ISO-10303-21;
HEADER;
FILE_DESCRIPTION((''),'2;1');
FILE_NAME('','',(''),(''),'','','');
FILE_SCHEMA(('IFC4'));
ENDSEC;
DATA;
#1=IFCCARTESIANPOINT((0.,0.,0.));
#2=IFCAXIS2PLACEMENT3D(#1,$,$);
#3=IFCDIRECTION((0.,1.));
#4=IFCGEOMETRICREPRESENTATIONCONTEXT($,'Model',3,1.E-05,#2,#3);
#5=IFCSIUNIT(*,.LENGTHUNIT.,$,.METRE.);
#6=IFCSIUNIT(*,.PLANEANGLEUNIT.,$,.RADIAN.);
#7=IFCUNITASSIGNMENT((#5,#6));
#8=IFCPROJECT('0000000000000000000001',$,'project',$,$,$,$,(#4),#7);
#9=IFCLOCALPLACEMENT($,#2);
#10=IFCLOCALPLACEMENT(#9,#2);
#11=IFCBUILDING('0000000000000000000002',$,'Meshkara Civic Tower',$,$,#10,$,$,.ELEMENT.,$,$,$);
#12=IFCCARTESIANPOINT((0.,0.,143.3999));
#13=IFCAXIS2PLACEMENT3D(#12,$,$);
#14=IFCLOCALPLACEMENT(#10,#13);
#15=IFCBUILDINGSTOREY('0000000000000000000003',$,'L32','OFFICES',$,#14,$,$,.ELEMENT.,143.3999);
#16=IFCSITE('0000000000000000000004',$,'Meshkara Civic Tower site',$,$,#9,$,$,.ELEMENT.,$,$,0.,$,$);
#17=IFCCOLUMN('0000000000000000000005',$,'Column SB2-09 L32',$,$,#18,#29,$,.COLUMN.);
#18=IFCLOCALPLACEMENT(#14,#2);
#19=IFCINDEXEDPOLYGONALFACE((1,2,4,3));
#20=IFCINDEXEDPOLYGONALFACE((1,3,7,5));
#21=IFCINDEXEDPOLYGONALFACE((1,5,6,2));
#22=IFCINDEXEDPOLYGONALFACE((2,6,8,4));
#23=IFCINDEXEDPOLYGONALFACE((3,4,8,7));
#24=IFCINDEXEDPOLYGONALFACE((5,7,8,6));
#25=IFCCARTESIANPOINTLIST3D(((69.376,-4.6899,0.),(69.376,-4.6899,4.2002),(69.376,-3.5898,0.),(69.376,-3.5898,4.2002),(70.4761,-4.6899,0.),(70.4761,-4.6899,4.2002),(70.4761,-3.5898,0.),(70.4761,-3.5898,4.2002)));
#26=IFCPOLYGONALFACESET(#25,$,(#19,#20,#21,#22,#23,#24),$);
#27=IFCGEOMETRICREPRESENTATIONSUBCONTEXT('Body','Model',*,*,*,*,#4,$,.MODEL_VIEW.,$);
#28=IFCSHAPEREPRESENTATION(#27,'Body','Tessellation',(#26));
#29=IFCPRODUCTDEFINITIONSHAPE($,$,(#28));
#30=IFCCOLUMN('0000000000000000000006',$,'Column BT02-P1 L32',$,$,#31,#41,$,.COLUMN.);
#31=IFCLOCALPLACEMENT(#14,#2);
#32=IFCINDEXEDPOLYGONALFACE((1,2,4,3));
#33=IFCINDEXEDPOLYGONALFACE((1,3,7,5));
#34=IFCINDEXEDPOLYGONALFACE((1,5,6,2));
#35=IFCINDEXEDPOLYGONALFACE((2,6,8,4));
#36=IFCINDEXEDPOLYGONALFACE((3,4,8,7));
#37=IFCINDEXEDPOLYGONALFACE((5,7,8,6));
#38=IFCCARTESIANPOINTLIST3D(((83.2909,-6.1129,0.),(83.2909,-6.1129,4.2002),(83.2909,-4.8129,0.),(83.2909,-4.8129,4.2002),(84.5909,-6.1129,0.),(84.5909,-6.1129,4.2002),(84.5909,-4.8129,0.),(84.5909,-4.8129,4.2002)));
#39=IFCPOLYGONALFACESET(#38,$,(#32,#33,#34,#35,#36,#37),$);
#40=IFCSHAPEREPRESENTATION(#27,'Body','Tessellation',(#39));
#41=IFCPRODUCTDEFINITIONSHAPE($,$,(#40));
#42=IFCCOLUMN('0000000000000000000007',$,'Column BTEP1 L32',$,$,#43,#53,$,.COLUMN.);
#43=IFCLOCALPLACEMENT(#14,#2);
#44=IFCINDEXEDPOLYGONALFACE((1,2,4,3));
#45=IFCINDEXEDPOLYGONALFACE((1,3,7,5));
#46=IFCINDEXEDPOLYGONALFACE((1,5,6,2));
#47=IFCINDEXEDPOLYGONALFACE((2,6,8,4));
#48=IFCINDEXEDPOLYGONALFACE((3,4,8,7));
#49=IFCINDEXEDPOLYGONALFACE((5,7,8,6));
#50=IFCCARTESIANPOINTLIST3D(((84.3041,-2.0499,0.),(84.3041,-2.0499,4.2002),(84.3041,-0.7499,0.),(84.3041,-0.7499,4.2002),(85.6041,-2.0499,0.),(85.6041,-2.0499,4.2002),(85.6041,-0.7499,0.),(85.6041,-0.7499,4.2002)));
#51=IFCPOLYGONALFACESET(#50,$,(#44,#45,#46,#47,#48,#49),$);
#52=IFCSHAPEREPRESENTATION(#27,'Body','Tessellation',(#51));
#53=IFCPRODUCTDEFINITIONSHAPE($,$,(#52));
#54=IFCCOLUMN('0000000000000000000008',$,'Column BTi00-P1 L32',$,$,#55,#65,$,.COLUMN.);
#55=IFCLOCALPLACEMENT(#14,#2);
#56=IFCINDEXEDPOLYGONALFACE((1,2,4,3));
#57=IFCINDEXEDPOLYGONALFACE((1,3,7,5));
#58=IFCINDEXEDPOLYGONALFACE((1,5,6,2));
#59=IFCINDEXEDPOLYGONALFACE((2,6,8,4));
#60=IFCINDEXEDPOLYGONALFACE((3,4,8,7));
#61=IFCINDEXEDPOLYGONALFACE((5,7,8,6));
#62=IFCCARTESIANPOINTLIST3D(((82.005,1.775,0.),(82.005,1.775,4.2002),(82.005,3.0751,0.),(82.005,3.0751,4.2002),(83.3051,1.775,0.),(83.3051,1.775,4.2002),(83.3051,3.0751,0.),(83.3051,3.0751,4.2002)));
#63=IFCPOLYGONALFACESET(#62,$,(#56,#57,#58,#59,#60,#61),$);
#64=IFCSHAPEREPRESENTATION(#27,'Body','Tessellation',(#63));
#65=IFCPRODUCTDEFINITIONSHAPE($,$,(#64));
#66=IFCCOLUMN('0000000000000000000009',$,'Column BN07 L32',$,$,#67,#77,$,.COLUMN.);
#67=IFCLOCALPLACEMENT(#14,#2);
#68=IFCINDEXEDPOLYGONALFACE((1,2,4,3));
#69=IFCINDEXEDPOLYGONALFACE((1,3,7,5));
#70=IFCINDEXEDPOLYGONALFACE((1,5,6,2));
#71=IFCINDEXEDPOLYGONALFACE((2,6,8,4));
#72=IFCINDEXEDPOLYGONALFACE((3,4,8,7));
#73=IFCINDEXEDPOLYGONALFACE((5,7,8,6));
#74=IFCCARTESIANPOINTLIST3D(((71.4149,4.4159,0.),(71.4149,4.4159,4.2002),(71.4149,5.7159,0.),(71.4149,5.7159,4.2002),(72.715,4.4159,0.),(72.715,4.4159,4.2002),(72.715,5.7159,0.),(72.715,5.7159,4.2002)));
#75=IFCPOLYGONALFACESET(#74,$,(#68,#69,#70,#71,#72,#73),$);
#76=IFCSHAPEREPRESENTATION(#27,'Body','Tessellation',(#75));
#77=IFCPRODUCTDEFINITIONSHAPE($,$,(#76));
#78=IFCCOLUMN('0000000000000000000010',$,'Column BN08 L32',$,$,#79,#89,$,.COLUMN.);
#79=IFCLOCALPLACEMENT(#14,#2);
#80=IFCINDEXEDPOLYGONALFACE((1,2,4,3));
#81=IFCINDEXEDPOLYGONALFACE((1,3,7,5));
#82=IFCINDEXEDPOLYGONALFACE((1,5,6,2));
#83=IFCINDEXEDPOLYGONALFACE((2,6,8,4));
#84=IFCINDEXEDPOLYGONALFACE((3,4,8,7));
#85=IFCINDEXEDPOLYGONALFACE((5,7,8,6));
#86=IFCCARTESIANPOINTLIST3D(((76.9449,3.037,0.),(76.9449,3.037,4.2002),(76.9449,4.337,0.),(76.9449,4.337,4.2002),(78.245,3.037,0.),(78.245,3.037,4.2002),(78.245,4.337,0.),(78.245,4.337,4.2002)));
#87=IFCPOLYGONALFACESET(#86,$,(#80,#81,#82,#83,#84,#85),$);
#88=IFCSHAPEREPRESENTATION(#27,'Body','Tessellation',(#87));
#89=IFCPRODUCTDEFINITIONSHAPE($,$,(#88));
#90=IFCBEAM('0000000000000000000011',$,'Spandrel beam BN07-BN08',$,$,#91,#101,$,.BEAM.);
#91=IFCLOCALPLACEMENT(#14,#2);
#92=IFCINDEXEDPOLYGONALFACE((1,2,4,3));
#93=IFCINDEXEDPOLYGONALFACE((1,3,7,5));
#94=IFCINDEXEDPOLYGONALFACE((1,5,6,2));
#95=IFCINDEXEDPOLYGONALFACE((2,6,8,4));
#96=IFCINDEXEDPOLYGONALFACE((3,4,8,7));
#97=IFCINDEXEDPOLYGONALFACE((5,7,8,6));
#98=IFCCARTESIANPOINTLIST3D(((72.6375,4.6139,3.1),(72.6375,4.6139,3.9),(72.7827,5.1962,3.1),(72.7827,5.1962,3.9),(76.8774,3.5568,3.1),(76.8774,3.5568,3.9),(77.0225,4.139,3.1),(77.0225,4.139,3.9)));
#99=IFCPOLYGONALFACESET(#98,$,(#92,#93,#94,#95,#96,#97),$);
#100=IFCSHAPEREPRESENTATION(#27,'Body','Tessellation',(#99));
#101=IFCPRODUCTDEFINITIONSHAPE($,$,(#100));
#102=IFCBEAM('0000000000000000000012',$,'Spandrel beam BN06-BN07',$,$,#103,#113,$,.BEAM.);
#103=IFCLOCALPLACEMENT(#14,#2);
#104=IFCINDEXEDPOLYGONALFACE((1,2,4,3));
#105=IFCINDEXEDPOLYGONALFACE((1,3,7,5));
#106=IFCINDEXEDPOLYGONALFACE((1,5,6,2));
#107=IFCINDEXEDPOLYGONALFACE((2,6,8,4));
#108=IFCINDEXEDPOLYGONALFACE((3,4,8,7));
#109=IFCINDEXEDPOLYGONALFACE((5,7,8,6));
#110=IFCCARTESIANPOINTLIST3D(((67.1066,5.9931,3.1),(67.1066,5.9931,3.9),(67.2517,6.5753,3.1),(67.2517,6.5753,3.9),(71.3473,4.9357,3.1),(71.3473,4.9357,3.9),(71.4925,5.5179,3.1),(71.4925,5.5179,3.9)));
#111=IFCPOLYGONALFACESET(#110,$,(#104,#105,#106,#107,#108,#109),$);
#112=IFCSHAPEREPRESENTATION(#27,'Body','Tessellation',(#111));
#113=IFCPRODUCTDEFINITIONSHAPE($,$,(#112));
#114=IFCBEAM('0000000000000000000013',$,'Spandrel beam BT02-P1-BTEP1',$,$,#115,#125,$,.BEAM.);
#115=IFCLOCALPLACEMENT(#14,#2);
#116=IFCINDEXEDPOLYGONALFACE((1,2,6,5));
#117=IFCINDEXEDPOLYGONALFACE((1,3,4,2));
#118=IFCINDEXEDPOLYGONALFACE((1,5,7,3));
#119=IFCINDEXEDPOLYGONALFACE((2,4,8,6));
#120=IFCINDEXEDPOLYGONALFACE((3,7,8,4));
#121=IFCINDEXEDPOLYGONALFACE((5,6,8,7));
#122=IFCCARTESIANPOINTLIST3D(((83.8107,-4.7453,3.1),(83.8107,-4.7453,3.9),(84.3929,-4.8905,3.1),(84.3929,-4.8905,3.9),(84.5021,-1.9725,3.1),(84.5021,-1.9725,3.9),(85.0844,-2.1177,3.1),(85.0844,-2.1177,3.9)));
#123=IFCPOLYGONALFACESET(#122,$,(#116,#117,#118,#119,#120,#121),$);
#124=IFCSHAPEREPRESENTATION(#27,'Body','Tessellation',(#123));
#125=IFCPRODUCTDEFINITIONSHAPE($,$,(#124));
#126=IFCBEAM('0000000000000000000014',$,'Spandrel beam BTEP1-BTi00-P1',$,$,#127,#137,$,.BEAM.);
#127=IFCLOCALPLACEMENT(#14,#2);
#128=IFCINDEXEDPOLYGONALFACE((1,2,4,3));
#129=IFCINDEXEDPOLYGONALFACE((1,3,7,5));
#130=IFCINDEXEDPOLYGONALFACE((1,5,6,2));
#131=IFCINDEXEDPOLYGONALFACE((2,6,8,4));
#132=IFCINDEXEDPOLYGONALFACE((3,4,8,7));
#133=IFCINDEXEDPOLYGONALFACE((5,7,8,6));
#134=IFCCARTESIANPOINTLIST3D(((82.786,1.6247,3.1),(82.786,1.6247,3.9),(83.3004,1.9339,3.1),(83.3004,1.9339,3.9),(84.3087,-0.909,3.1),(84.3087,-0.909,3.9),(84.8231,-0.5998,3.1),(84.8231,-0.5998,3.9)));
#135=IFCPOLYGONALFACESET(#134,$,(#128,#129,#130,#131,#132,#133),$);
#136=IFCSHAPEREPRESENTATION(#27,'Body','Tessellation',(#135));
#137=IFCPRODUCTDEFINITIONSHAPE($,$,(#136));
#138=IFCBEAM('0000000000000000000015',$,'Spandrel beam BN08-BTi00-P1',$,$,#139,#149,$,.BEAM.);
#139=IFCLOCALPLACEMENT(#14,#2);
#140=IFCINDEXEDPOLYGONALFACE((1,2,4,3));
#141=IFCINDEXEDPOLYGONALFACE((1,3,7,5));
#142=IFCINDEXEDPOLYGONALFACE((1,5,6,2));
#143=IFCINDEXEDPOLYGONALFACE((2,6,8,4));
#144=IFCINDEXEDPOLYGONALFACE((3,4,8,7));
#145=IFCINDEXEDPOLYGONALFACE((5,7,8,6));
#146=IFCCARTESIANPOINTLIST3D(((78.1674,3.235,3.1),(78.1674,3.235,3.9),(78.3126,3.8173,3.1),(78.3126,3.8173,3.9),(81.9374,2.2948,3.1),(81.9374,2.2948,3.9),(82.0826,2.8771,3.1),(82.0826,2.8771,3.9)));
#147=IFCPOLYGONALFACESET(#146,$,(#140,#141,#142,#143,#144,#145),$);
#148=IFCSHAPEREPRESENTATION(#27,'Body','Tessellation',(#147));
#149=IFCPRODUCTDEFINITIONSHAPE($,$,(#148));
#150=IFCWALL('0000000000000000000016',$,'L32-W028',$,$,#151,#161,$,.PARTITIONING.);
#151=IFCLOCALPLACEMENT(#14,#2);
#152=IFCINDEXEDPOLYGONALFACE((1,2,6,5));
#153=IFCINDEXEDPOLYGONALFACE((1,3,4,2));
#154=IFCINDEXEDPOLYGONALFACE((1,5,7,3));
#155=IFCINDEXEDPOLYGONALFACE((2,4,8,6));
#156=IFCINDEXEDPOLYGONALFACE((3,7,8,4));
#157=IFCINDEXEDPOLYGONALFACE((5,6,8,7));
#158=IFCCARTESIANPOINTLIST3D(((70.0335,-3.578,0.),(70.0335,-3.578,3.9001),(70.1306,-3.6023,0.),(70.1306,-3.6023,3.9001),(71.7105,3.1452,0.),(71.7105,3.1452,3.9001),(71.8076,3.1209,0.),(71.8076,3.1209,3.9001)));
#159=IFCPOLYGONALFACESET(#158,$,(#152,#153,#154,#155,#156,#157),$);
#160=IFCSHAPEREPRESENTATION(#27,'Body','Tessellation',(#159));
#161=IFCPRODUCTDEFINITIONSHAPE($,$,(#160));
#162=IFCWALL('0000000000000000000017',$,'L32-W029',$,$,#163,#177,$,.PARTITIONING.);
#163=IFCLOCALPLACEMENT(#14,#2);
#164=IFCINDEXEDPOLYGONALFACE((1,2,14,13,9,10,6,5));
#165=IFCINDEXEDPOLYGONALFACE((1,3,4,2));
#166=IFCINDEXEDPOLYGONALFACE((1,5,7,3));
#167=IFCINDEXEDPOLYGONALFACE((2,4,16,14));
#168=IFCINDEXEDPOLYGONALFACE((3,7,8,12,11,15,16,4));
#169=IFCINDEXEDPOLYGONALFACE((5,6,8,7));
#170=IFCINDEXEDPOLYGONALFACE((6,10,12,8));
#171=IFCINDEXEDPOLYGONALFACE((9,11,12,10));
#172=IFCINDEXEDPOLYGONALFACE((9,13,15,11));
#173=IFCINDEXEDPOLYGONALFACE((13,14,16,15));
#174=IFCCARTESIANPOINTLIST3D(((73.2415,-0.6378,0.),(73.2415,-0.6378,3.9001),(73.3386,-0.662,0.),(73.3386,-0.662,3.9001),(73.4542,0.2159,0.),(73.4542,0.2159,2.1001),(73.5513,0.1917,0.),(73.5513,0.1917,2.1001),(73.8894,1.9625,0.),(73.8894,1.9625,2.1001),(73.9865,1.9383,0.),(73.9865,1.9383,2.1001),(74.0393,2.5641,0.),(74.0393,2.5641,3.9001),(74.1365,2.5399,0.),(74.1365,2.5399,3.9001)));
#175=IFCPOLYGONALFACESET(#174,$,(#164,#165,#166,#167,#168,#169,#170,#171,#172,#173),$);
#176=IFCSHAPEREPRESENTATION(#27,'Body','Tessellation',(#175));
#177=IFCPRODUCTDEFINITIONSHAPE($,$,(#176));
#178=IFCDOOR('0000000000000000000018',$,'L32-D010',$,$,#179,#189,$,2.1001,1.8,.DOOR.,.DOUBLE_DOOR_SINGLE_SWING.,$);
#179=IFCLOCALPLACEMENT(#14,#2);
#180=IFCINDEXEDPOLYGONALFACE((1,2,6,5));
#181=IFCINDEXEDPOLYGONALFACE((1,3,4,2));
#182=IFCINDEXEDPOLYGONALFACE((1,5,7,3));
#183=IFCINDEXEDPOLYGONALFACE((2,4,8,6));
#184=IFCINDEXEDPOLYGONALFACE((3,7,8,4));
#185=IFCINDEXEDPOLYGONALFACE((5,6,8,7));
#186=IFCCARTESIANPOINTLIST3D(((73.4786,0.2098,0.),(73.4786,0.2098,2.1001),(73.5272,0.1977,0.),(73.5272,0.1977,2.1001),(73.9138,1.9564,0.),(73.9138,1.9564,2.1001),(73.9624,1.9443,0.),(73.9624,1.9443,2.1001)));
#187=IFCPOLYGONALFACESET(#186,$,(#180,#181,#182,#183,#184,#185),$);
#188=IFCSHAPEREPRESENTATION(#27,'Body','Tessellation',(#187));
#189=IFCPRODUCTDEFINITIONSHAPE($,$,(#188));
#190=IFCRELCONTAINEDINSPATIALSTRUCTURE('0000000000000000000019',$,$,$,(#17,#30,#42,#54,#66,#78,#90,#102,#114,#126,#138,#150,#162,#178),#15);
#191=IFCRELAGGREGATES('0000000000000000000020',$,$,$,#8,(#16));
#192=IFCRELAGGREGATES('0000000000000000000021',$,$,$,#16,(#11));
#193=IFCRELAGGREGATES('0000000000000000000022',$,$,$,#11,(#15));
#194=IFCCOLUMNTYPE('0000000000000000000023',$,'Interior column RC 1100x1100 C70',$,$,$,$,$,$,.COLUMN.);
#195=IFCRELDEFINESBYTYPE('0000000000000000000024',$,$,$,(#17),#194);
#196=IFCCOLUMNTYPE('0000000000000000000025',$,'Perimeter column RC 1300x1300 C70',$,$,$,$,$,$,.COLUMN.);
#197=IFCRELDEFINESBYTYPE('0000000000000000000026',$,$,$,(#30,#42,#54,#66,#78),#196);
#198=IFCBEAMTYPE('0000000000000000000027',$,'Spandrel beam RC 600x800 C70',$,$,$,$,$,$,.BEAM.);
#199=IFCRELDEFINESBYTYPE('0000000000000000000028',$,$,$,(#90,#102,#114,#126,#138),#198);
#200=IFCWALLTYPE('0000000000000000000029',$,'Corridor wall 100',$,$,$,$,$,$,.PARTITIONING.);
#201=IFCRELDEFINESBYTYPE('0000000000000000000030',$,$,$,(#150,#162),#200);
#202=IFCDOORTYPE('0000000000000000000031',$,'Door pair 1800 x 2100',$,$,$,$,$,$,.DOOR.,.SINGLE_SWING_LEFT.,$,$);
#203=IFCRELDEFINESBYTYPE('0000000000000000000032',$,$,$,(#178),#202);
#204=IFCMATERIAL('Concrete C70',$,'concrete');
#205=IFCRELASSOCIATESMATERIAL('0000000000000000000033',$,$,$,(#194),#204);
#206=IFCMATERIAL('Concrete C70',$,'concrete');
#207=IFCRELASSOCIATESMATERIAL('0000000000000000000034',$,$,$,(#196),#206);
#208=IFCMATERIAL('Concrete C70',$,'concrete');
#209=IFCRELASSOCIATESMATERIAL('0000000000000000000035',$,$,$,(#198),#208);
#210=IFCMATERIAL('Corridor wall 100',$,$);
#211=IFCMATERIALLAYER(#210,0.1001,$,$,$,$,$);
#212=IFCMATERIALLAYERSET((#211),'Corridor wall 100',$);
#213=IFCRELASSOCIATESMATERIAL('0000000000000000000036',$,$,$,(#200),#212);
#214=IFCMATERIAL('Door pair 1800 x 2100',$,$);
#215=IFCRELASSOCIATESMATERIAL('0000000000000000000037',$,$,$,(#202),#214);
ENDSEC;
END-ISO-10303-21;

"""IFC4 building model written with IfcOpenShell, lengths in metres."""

from ifc_helpers import new_model, si_unit, direction, frame, frame_2d, origin, origin_2d, place, context, subcontext, project, spatial, rectangle, extrude, material, layer, layer_set, material_profile, profile_set, type_object, element, fill, save


model = new_model("IFC4")

# Units and contexts
model_context = context("Model", 3, precision=1e-05, world=origin(), true_north=direction((0.0, 1.0)))
body_context = subcontext(model_context, "Body", "Model", "MODEL_VIEW")
ifc_project = project(units=[si_unit("LENGTHUNIT", "METRE"), si_unit("PLANEANGLEUNIT", "RADIAN")], contexts=[model_context])

# Site, building, storey
site_placement = place(None, origin())
site = spatial("IfcSite", under=ifc_project, at=site_placement, Name="Meshkara Civic Tower site", CompositionType="ELEMENT", RefElevation=0.0)
building_placement = place(site_placement, origin())
building = spatial("IfcBuilding", under=site, at=building_placement, Name="Meshkara Civic Tower", CompositionType="ELEMENT")
storey_placement = place(building_placement, frame((0.0, 0.0, 143.3999)))
storey = spatial("IfcBuildingStorey", under=building, at=storey_placement, Name="L32", Description="OFFICES", CompositionType="ELEMENT", Elevation=143.3999)

# Columns
ifc_material_1 = material(Name="Concrete C70", Category="concrete")
ifc_material_profile_1 = material_profile(ifc_material_1, rectangle(XDim=1.1001, YDim=1.1001, at=origin_2d()))
ifc_profile_set_1 = profile_set([ifc_material_profile_1], Name="Concrete C70")
column_type_1 = type_object("IfcColumnType", Name="Interior column RC 1100x1100 C70", PredefinedType="COLUMN", material=ifc_profile_set_1)
column_placement = place(storey_placement, frame((69.926, -4.1399, 0.0), z_axis=(0.0, 0.0, 1.0), x_axis=(1.0, 0.0, 0.0)))
element("IfcColumn", 1, at=column_placement, inside=storey, type_object=column_type_1, Name="Column SB2-09 L32", PredefinedType="COLUMN", context=body_context, shape_type="SweptSolid", body=[
    extrude(rectangle(XDim=1.1001, YDim=1.1001, at=origin_2d()), origin(), (0.0, 0.0, 1.0), 4.2002),
])
ifc_material_2 = material(Name="Concrete C70", Category="concrete")
ifc_material_profile_2 = material_profile(ifc_material_2, rectangle(XDim=1.3, YDim=1.3, at=origin_2d()))
ifc_profile_set_2 = profile_set([ifc_material_profile_2], Name="Concrete C70")
column_type_2 = type_object("IfcColumnType", Name="Perimeter column RC 1300x1300 C70", PredefinedType="COLUMN", material=ifc_profile_set_2)
for number, where, z_axis, x_axis, name in (
    (2, (83.9409, -5.4629, 0.0), (0.0, 0.0, 1.0), (1.0, 0.0, 0.0), "Column BT02-P1 L32"),
    (3, (84.9541, -1.3999, 0.0), (0.0, 0.0, 1.0), (1.0, 0.0, 0.0), "Column BTEP1 L32"),
    (4, (82.655, 2.425, 0.0), (0.0, 0.0, 1.0), (1.0, 0.0, 0.0), "Column BTi00-P1 L32"),
    (5, (72.0649, 5.0659, 0.0), (0.0, 0.0, 1.0), (1.0, 0.0, 0.0), "Column BN07 L32"),
    (6, (77.595, 3.687, 0.0), (0.0, 0.0, 1.0), (1.0, 0.0, 0.0), "Column BN08 L32"),
):
    element("IfcColumn", number, at=place(storey_placement, frame(where, z_axis=z_axis, x_axis=x_axis)), inside=storey, type_object=column_type_2, Name=name, PredefinedType="COLUMN", context=body_context, shape_type="SweptSolid", body=[
        extrude(rectangle(XDim=1.3, YDim=1.3, at=origin_2d()), origin(), (0.0, 0.0, 1.0), 4.2002),
    ])

# Beams
ifc_material_3 = material(Name="Concrete C70", Category="concrete")
ifc_material_profile_3 = material_profile(ifc_material_3, rectangle(XDim=0.6001, YDim=0.8, at=origin_2d()))
ifc_profile_set_3 = profile_set([ifc_material_profile_3], Name="Concrete C70")
beam_type = type_object("IfcBeamType", Name="Spandrel beam RC 600x800 C70", PredefinedType="BEAM", material=ifc_profile_set_3)
beam_1_placement = place(storey_placement, frame((76.95, 3.8479, 3.5), z_axis=(-0.970293, 0.241931, 0.0), x_axis=(-0.241931, -0.970293, 0.0)))
element("IfcBeam", 7, at=beam_1_placement, inside=storey, type_object=beam_type, Name="Spandrel beam BN07-BN08", PredefinedType="BEAM", context=body_context, shape_type="SweptSolid", body=[
    extrude(rectangle(XDim=0.6001, YDim=0.8, at=origin_2d()), origin(), (0.0, 0.0, 1.0), 4.3696),
])
beam_2_placement = place(storey_placement, frame((71.4199, 5.2268, 3.5), z_axis=(-0.970293, 0.241931, 0.0), x_axis=(-0.241931, -0.970293, 0.0)))
element("IfcBeam", 8, at=beam_2_placement, inside=storey, type_object=beam_type, Name="Spandrel beam BN06-BN07", PredefinedType="BEAM", context=body_context, shape_type="SweptSolid", body=[
    extrude(rectangle(XDim=0.6001, YDim=0.8, at=origin_2d()), origin(), (0.0, 0.0, 1.0), 4.3706),
])
beam_3_placement = place(storey_placement, frame((84.1018, -4.8179, 3.5), z_axis=(0.241953, 0.970288, 0.0), x_axis=(-0.970288, 0.241953, 0.0)))
element("IfcBeam", 9, at=beam_3_placement, inside=storey, type_object=beam_type, Name="Spandrel beam BT02-P1-BTEP1", PredefinedType="BEAM", context=body_context, shape_type="SweptSolid", body=[
    extrude(rectangle(XDim=0.6001, YDim=0.8, at=origin_2d()), origin(), (0.0, 0.0, 1.0), 2.8577),
])
beam_4_placement = place(storey_placement, frame((84.5659, -0.7544, 3.5), z_axis=(-0.515115, 0.857121, 0.0), x_axis=(-0.857121, -0.515115, 0.0)))
element("IfcBeam", 10, at=beam_4_placement, inside=storey, type_object=beam_type, Name="Spandrel beam BTEP1-BTi00-P1", PredefinedType="BEAM", context=body_context, shape_type="SweptSolid", body=[
    extrude(rectangle(XDim=0.6001, YDim=0.8, at=origin_2d()), origin(), (0.0, 0.0, 1.0), 2.9561),
])
beam_5_placement = place(storey_placement, frame((82.01, 2.5859, 3.5), z_axis=(-0.970283, 0.241974, 0.0), x_axis=(-0.241974, -0.970283, 0.0)))
element("IfcBeam", 11, at=beam_5_placement, inside=storey, type_object=beam_type, Name="Spandrel beam BN08-BTi00-P1", PredefinedType="BEAM", context=body_context, shape_type="SweptSolid", body=[
    extrude(rectangle(XDim=0.6001, YDim=0.8, at=origin_2d()), origin(), (0.0, 0.0, 1.0), 3.8855),
])

# Wall
ifc_material_4 = material(Name="Corridor wall 100")
ifc_layer_1 = layer(ifc_material_4, 0.1001)
ifc_layer_set_1 = layer_set([ifc_layer_1], Name="Corridor wall 100")
wall_type_1 = type_object("IfcWallType", Name="Corridor wall 100", PredefinedType="PARTITIONING", material=ifc_layer_set_1)
wall_1_placement = place(storey_placement, frame((71.759, 3.1331, 0.0), z_axis=(0.0, 0.0, 1.0), x_axis=(-0.242022, -0.970271, 0.0)))
element("IfcWall", 12, at=wall_1_placement, inside=storey, type_object=wall_type_1, Name="L32-W028", PredefinedType="PARTITIONING", context=body_context, shape_type="SweptSolid", body=[
    extrude(rectangle(XDim=6.9292, YDim=0.1001, at=frame_2d((3.4646, 0.0))), origin(), (0.0, 0.0, 1.0), 3.9001),
])

# Wall, opening, door
wall_2_placement = place(storey_placement, frame((73.29, -0.6499, 0.0), z_axis=(0.0, 0.0, 1.0), x_axis=(0.241787, 0.970329, 0.0)))
wall_2 = element("IfcWall", 13, at=wall_2_placement, inside=storey, type_object=wall_type_1, Name="L32-W029", PredefinedType="PARTITIONING", context=body_context, shape_type="SweptSolid", body=[
    extrude(rectangle(XDim=3.2998, YDim=0.1001, at=frame_2d((1.6499, 0.0))), origin(), (0.0, 0.0, 1.0), 3.9001),
])
opening_1_placement = place(wall_2_placement, frame((0.8799, 0.0, 0.0)))
opening_1 = element("IfcOpeningElement", 14, at=opening_1_placement, cuts=wall_2, PredefinedType="OPENING", context=body_context, shape_type="SweptSolid", body=[
    extrude(rectangle(XDim=1.8, YDim=2.1001, at=frame_2d((0.8999, 1.05))), frame((0.0, 0.0601, 0.0), z_axis=(0.0, -1.0, 0.0), x_axis=(1.0, 0.0, 0.0)), (0.0, 0.0, 1.0), 0.1201),
])
ifc_material_5 = material(Name="Door pair 1800 x 2100")
door_type = type_object("IfcDoorType", Name="Door pair 1800 x 2100", OperationType="SINGLE_SWING_LEFT", PredefinedType="DOOR", material=ifc_material_5)
door_placement = place(opening_1_placement, origin())
door = element("IfcDoor", 15, at=door_placement, inside=storey, type_object=door_type, Name="L32-D010", OperationType="DOUBLE_DOOR_SINGLE_SWING", OverallHeight=2.1001, OverallWidth=1.8, PredefinedType="DOOR", context=body_context, shape_type="SweptSolid", body=[
    extrude(rectangle(XDim=1.8, YDim=2.1001, at=frame_2d((0.8999, 1.05))), frame((0.0, 0.0249, 0.0), z_axis=(0.0, -1.0, 0.0), x_axis=(1.0, 0.0, 0.0)), (0.0, 0.0, 1.0), 0.05),
])
fill(opening_1, door)

save(model, "model.ifc")
